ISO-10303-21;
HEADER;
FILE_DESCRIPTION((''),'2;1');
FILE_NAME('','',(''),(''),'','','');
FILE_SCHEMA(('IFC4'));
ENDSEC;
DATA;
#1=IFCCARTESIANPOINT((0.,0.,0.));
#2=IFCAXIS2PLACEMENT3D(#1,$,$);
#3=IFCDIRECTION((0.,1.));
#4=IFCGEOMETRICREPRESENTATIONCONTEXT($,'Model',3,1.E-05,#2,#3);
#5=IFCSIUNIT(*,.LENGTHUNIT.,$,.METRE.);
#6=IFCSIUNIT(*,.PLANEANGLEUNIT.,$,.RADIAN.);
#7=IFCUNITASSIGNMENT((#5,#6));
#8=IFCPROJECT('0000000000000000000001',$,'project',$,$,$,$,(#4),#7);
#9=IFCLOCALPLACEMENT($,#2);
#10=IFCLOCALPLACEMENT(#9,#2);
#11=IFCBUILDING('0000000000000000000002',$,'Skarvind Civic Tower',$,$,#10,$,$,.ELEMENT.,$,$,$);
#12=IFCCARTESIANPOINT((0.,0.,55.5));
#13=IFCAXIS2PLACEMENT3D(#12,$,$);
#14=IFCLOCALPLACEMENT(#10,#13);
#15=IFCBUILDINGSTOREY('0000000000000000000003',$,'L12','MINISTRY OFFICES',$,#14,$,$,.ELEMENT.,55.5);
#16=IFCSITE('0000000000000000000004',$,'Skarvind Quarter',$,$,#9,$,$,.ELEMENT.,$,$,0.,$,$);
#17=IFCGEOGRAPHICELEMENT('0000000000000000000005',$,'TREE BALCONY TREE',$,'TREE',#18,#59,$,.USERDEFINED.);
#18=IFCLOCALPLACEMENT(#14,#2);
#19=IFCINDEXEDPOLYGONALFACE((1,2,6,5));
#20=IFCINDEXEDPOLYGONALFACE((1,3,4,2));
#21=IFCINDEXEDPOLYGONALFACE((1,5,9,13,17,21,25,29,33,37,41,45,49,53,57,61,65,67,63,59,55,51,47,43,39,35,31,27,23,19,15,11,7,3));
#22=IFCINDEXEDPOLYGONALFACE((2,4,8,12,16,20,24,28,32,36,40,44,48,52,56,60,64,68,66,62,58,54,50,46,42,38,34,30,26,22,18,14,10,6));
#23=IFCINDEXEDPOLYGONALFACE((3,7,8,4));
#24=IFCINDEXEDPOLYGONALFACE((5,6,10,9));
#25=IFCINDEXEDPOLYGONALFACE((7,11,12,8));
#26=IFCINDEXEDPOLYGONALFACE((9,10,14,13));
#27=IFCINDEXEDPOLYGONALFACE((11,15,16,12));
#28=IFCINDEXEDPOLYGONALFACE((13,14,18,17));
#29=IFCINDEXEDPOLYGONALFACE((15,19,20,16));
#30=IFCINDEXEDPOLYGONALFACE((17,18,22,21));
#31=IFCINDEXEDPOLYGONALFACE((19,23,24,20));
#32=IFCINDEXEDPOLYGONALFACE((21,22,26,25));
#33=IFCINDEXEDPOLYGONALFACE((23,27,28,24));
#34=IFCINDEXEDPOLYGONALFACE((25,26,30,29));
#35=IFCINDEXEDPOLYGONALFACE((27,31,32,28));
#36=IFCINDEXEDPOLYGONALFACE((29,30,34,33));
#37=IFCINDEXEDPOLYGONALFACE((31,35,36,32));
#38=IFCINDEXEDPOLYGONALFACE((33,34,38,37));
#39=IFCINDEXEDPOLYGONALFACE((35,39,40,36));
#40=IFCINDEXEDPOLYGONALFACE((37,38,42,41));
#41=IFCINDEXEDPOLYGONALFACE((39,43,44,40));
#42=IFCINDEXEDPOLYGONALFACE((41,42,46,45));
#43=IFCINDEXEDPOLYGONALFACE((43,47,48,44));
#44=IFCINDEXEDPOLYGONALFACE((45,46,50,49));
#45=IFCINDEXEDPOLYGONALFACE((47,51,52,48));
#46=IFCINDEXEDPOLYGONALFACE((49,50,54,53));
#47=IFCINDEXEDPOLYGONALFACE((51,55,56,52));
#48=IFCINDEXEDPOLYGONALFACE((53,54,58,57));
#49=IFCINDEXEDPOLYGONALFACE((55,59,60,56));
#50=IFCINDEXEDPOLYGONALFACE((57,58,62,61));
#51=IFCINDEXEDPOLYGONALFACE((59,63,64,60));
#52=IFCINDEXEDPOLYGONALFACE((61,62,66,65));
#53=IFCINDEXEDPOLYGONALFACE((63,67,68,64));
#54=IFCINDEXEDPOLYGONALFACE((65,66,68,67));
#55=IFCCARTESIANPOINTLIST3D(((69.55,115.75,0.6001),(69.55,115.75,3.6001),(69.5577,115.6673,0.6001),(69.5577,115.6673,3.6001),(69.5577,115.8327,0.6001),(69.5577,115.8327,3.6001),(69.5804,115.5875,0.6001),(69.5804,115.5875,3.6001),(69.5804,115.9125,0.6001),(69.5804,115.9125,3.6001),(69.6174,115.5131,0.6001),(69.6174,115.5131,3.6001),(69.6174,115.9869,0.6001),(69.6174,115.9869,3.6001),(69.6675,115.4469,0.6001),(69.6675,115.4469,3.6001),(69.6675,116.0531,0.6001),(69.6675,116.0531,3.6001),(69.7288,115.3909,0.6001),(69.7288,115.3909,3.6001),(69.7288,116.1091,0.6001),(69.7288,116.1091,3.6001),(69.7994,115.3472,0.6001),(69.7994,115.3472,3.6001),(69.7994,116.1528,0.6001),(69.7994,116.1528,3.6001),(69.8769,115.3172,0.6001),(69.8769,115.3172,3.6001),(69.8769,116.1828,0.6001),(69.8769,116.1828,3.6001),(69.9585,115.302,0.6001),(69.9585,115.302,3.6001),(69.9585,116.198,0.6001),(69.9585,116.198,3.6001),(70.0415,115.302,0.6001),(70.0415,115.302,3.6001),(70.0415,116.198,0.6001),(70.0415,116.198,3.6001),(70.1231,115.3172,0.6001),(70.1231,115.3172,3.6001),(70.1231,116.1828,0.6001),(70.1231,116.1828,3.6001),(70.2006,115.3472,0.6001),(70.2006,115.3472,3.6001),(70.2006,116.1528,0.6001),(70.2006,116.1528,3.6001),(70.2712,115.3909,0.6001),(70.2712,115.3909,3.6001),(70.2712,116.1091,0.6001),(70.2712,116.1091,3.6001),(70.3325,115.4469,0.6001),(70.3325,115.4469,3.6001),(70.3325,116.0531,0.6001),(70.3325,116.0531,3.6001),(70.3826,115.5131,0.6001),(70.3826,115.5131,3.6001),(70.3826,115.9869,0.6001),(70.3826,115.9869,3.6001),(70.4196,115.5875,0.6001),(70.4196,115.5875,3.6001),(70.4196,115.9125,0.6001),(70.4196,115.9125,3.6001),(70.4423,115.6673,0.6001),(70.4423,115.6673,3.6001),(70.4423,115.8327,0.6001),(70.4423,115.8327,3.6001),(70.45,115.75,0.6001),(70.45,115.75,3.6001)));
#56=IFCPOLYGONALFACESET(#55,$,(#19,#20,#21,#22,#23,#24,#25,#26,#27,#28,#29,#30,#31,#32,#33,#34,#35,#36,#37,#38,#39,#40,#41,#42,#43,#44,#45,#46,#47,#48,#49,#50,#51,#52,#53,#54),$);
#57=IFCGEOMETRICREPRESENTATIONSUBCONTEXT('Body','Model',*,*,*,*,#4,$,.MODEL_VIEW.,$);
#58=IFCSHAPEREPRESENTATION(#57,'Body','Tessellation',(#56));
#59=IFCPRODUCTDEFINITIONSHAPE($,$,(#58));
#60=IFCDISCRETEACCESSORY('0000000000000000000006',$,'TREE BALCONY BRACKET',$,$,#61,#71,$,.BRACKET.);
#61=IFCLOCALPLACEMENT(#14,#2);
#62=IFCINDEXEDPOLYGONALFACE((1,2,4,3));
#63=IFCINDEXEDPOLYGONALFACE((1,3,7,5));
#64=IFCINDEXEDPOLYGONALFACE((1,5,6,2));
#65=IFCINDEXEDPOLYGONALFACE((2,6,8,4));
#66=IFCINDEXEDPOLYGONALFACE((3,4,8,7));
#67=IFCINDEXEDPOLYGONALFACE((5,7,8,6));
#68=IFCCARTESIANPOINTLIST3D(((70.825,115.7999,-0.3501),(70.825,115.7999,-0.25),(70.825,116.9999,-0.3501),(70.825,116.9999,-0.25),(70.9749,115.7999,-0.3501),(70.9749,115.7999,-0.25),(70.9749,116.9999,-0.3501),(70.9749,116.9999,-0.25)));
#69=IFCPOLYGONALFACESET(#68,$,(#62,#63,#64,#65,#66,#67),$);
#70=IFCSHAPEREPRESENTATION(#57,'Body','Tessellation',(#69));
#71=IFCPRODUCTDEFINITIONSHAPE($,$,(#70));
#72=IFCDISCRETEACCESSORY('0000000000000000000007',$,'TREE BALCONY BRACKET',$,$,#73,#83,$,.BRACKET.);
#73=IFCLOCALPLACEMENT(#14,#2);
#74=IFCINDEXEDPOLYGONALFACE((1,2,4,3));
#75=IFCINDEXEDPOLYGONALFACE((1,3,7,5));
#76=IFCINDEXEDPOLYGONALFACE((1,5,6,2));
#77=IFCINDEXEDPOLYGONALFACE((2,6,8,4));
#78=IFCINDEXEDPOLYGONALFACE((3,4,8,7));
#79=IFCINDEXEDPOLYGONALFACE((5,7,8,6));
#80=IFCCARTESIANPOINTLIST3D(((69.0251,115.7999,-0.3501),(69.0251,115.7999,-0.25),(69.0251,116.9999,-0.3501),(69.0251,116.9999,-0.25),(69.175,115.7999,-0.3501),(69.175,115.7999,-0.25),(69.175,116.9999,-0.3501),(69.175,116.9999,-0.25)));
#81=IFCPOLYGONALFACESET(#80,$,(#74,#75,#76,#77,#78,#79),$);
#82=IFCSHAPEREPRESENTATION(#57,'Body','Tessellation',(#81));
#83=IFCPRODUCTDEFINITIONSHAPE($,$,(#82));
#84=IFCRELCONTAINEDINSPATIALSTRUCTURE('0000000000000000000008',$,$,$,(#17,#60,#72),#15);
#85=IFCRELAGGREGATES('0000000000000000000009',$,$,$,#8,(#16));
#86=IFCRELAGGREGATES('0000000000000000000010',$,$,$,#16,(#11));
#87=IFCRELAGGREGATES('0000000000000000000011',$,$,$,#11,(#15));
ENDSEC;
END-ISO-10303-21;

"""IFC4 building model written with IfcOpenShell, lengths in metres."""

from ifc_helpers import new_model, si_unit, direction, frame, origin, origin_2d, place, context, subcontext, project, spatial, rectangle, circle, extrude, element, save


model = new_model("IFC4")

# Units and contexts
model_context = context("Model", 3, precision=1e-05, world=origin(), true_north=direction((0.0, 1.0)))
body_context = subcontext(model_context, "Body", "Model", "MODEL_VIEW")
ifc_project = project(units=[si_unit("LENGTHUNIT", "METRE"), si_unit("PLANEANGLEUNIT", "RADIAN")], contexts=[model_context])

# Site, building, storey
site_placement = place(None, origin())
site = spatial("IfcSite", under=ifc_project, at=site_placement, Name="Skarvind Quarter", CompositionType="ELEMENT", RefElevation=0.0)
building_placement = place(site_placement, origin())
building = spatial("IfcBuilding", under=site, at=building_placement, Name="Skarvind Civic Tower", CompositionType="ELEMENT")
storey_placement = place(building_placement, frame((0.0, 0.0, 55.5)))
storey = spatial("IfcBuildingStorey", under=building, at=storey_placement, Name="L12", Description="MINISTRY OFFICES", CompositionType="ELEMENT", Elevation=55.5)

# Geographic element
geographic_element_placement = place(storey_placement, frame((70.0, 115.75, 0.6001), z_axis=(0.0, 0.0, 1.0), x_axis=(1.0, 0.0, 0.0)))
element("IfcGeographicElement", 1, at=geographic_element_placement, inside=storey, Name="TREE BALCONY TREE", ObjectType="TREE", PredefinedType="USERDEFINED", context=body_context, shape_type="SweptSolid", body=[
    extrude(circle(Radius=0.45, at=origin_2d()), origin(), (0.0, 0.0, 1.0), 3.0),
])

# Discrete accessories
for number, where, z_axis, x_axis, name in (
    (2, (70.8999, 116.3999, -0.3501), (0.0, 0.0, 1.0), (-1.0, 0.0, 0.0), "TREE BALCONY BRACKET"),
    (3, (69.1001, 116.3999, -0.3501), (0.0, 0.0, 1.0), (-1.0, 0.0, 0.0), "TREE BALCONY BRACKET"),
):
    element("IfcDiscreteAccessory", number, at=place(storey_placement, frame(where, z_axis=z_axis, x_axis=x_axis)), inside=storey, Name=name, PredefinedType="BRACKET", context=body_context, shape_type="SweptSolid", body=[
        extrude(rectangle(XDim=0.1499, YDim=1.2, at=origin_2d()), origin(), (0.0, 0.0, 1.0), 0.1001),
    ])

save(model, "model.ifc")
